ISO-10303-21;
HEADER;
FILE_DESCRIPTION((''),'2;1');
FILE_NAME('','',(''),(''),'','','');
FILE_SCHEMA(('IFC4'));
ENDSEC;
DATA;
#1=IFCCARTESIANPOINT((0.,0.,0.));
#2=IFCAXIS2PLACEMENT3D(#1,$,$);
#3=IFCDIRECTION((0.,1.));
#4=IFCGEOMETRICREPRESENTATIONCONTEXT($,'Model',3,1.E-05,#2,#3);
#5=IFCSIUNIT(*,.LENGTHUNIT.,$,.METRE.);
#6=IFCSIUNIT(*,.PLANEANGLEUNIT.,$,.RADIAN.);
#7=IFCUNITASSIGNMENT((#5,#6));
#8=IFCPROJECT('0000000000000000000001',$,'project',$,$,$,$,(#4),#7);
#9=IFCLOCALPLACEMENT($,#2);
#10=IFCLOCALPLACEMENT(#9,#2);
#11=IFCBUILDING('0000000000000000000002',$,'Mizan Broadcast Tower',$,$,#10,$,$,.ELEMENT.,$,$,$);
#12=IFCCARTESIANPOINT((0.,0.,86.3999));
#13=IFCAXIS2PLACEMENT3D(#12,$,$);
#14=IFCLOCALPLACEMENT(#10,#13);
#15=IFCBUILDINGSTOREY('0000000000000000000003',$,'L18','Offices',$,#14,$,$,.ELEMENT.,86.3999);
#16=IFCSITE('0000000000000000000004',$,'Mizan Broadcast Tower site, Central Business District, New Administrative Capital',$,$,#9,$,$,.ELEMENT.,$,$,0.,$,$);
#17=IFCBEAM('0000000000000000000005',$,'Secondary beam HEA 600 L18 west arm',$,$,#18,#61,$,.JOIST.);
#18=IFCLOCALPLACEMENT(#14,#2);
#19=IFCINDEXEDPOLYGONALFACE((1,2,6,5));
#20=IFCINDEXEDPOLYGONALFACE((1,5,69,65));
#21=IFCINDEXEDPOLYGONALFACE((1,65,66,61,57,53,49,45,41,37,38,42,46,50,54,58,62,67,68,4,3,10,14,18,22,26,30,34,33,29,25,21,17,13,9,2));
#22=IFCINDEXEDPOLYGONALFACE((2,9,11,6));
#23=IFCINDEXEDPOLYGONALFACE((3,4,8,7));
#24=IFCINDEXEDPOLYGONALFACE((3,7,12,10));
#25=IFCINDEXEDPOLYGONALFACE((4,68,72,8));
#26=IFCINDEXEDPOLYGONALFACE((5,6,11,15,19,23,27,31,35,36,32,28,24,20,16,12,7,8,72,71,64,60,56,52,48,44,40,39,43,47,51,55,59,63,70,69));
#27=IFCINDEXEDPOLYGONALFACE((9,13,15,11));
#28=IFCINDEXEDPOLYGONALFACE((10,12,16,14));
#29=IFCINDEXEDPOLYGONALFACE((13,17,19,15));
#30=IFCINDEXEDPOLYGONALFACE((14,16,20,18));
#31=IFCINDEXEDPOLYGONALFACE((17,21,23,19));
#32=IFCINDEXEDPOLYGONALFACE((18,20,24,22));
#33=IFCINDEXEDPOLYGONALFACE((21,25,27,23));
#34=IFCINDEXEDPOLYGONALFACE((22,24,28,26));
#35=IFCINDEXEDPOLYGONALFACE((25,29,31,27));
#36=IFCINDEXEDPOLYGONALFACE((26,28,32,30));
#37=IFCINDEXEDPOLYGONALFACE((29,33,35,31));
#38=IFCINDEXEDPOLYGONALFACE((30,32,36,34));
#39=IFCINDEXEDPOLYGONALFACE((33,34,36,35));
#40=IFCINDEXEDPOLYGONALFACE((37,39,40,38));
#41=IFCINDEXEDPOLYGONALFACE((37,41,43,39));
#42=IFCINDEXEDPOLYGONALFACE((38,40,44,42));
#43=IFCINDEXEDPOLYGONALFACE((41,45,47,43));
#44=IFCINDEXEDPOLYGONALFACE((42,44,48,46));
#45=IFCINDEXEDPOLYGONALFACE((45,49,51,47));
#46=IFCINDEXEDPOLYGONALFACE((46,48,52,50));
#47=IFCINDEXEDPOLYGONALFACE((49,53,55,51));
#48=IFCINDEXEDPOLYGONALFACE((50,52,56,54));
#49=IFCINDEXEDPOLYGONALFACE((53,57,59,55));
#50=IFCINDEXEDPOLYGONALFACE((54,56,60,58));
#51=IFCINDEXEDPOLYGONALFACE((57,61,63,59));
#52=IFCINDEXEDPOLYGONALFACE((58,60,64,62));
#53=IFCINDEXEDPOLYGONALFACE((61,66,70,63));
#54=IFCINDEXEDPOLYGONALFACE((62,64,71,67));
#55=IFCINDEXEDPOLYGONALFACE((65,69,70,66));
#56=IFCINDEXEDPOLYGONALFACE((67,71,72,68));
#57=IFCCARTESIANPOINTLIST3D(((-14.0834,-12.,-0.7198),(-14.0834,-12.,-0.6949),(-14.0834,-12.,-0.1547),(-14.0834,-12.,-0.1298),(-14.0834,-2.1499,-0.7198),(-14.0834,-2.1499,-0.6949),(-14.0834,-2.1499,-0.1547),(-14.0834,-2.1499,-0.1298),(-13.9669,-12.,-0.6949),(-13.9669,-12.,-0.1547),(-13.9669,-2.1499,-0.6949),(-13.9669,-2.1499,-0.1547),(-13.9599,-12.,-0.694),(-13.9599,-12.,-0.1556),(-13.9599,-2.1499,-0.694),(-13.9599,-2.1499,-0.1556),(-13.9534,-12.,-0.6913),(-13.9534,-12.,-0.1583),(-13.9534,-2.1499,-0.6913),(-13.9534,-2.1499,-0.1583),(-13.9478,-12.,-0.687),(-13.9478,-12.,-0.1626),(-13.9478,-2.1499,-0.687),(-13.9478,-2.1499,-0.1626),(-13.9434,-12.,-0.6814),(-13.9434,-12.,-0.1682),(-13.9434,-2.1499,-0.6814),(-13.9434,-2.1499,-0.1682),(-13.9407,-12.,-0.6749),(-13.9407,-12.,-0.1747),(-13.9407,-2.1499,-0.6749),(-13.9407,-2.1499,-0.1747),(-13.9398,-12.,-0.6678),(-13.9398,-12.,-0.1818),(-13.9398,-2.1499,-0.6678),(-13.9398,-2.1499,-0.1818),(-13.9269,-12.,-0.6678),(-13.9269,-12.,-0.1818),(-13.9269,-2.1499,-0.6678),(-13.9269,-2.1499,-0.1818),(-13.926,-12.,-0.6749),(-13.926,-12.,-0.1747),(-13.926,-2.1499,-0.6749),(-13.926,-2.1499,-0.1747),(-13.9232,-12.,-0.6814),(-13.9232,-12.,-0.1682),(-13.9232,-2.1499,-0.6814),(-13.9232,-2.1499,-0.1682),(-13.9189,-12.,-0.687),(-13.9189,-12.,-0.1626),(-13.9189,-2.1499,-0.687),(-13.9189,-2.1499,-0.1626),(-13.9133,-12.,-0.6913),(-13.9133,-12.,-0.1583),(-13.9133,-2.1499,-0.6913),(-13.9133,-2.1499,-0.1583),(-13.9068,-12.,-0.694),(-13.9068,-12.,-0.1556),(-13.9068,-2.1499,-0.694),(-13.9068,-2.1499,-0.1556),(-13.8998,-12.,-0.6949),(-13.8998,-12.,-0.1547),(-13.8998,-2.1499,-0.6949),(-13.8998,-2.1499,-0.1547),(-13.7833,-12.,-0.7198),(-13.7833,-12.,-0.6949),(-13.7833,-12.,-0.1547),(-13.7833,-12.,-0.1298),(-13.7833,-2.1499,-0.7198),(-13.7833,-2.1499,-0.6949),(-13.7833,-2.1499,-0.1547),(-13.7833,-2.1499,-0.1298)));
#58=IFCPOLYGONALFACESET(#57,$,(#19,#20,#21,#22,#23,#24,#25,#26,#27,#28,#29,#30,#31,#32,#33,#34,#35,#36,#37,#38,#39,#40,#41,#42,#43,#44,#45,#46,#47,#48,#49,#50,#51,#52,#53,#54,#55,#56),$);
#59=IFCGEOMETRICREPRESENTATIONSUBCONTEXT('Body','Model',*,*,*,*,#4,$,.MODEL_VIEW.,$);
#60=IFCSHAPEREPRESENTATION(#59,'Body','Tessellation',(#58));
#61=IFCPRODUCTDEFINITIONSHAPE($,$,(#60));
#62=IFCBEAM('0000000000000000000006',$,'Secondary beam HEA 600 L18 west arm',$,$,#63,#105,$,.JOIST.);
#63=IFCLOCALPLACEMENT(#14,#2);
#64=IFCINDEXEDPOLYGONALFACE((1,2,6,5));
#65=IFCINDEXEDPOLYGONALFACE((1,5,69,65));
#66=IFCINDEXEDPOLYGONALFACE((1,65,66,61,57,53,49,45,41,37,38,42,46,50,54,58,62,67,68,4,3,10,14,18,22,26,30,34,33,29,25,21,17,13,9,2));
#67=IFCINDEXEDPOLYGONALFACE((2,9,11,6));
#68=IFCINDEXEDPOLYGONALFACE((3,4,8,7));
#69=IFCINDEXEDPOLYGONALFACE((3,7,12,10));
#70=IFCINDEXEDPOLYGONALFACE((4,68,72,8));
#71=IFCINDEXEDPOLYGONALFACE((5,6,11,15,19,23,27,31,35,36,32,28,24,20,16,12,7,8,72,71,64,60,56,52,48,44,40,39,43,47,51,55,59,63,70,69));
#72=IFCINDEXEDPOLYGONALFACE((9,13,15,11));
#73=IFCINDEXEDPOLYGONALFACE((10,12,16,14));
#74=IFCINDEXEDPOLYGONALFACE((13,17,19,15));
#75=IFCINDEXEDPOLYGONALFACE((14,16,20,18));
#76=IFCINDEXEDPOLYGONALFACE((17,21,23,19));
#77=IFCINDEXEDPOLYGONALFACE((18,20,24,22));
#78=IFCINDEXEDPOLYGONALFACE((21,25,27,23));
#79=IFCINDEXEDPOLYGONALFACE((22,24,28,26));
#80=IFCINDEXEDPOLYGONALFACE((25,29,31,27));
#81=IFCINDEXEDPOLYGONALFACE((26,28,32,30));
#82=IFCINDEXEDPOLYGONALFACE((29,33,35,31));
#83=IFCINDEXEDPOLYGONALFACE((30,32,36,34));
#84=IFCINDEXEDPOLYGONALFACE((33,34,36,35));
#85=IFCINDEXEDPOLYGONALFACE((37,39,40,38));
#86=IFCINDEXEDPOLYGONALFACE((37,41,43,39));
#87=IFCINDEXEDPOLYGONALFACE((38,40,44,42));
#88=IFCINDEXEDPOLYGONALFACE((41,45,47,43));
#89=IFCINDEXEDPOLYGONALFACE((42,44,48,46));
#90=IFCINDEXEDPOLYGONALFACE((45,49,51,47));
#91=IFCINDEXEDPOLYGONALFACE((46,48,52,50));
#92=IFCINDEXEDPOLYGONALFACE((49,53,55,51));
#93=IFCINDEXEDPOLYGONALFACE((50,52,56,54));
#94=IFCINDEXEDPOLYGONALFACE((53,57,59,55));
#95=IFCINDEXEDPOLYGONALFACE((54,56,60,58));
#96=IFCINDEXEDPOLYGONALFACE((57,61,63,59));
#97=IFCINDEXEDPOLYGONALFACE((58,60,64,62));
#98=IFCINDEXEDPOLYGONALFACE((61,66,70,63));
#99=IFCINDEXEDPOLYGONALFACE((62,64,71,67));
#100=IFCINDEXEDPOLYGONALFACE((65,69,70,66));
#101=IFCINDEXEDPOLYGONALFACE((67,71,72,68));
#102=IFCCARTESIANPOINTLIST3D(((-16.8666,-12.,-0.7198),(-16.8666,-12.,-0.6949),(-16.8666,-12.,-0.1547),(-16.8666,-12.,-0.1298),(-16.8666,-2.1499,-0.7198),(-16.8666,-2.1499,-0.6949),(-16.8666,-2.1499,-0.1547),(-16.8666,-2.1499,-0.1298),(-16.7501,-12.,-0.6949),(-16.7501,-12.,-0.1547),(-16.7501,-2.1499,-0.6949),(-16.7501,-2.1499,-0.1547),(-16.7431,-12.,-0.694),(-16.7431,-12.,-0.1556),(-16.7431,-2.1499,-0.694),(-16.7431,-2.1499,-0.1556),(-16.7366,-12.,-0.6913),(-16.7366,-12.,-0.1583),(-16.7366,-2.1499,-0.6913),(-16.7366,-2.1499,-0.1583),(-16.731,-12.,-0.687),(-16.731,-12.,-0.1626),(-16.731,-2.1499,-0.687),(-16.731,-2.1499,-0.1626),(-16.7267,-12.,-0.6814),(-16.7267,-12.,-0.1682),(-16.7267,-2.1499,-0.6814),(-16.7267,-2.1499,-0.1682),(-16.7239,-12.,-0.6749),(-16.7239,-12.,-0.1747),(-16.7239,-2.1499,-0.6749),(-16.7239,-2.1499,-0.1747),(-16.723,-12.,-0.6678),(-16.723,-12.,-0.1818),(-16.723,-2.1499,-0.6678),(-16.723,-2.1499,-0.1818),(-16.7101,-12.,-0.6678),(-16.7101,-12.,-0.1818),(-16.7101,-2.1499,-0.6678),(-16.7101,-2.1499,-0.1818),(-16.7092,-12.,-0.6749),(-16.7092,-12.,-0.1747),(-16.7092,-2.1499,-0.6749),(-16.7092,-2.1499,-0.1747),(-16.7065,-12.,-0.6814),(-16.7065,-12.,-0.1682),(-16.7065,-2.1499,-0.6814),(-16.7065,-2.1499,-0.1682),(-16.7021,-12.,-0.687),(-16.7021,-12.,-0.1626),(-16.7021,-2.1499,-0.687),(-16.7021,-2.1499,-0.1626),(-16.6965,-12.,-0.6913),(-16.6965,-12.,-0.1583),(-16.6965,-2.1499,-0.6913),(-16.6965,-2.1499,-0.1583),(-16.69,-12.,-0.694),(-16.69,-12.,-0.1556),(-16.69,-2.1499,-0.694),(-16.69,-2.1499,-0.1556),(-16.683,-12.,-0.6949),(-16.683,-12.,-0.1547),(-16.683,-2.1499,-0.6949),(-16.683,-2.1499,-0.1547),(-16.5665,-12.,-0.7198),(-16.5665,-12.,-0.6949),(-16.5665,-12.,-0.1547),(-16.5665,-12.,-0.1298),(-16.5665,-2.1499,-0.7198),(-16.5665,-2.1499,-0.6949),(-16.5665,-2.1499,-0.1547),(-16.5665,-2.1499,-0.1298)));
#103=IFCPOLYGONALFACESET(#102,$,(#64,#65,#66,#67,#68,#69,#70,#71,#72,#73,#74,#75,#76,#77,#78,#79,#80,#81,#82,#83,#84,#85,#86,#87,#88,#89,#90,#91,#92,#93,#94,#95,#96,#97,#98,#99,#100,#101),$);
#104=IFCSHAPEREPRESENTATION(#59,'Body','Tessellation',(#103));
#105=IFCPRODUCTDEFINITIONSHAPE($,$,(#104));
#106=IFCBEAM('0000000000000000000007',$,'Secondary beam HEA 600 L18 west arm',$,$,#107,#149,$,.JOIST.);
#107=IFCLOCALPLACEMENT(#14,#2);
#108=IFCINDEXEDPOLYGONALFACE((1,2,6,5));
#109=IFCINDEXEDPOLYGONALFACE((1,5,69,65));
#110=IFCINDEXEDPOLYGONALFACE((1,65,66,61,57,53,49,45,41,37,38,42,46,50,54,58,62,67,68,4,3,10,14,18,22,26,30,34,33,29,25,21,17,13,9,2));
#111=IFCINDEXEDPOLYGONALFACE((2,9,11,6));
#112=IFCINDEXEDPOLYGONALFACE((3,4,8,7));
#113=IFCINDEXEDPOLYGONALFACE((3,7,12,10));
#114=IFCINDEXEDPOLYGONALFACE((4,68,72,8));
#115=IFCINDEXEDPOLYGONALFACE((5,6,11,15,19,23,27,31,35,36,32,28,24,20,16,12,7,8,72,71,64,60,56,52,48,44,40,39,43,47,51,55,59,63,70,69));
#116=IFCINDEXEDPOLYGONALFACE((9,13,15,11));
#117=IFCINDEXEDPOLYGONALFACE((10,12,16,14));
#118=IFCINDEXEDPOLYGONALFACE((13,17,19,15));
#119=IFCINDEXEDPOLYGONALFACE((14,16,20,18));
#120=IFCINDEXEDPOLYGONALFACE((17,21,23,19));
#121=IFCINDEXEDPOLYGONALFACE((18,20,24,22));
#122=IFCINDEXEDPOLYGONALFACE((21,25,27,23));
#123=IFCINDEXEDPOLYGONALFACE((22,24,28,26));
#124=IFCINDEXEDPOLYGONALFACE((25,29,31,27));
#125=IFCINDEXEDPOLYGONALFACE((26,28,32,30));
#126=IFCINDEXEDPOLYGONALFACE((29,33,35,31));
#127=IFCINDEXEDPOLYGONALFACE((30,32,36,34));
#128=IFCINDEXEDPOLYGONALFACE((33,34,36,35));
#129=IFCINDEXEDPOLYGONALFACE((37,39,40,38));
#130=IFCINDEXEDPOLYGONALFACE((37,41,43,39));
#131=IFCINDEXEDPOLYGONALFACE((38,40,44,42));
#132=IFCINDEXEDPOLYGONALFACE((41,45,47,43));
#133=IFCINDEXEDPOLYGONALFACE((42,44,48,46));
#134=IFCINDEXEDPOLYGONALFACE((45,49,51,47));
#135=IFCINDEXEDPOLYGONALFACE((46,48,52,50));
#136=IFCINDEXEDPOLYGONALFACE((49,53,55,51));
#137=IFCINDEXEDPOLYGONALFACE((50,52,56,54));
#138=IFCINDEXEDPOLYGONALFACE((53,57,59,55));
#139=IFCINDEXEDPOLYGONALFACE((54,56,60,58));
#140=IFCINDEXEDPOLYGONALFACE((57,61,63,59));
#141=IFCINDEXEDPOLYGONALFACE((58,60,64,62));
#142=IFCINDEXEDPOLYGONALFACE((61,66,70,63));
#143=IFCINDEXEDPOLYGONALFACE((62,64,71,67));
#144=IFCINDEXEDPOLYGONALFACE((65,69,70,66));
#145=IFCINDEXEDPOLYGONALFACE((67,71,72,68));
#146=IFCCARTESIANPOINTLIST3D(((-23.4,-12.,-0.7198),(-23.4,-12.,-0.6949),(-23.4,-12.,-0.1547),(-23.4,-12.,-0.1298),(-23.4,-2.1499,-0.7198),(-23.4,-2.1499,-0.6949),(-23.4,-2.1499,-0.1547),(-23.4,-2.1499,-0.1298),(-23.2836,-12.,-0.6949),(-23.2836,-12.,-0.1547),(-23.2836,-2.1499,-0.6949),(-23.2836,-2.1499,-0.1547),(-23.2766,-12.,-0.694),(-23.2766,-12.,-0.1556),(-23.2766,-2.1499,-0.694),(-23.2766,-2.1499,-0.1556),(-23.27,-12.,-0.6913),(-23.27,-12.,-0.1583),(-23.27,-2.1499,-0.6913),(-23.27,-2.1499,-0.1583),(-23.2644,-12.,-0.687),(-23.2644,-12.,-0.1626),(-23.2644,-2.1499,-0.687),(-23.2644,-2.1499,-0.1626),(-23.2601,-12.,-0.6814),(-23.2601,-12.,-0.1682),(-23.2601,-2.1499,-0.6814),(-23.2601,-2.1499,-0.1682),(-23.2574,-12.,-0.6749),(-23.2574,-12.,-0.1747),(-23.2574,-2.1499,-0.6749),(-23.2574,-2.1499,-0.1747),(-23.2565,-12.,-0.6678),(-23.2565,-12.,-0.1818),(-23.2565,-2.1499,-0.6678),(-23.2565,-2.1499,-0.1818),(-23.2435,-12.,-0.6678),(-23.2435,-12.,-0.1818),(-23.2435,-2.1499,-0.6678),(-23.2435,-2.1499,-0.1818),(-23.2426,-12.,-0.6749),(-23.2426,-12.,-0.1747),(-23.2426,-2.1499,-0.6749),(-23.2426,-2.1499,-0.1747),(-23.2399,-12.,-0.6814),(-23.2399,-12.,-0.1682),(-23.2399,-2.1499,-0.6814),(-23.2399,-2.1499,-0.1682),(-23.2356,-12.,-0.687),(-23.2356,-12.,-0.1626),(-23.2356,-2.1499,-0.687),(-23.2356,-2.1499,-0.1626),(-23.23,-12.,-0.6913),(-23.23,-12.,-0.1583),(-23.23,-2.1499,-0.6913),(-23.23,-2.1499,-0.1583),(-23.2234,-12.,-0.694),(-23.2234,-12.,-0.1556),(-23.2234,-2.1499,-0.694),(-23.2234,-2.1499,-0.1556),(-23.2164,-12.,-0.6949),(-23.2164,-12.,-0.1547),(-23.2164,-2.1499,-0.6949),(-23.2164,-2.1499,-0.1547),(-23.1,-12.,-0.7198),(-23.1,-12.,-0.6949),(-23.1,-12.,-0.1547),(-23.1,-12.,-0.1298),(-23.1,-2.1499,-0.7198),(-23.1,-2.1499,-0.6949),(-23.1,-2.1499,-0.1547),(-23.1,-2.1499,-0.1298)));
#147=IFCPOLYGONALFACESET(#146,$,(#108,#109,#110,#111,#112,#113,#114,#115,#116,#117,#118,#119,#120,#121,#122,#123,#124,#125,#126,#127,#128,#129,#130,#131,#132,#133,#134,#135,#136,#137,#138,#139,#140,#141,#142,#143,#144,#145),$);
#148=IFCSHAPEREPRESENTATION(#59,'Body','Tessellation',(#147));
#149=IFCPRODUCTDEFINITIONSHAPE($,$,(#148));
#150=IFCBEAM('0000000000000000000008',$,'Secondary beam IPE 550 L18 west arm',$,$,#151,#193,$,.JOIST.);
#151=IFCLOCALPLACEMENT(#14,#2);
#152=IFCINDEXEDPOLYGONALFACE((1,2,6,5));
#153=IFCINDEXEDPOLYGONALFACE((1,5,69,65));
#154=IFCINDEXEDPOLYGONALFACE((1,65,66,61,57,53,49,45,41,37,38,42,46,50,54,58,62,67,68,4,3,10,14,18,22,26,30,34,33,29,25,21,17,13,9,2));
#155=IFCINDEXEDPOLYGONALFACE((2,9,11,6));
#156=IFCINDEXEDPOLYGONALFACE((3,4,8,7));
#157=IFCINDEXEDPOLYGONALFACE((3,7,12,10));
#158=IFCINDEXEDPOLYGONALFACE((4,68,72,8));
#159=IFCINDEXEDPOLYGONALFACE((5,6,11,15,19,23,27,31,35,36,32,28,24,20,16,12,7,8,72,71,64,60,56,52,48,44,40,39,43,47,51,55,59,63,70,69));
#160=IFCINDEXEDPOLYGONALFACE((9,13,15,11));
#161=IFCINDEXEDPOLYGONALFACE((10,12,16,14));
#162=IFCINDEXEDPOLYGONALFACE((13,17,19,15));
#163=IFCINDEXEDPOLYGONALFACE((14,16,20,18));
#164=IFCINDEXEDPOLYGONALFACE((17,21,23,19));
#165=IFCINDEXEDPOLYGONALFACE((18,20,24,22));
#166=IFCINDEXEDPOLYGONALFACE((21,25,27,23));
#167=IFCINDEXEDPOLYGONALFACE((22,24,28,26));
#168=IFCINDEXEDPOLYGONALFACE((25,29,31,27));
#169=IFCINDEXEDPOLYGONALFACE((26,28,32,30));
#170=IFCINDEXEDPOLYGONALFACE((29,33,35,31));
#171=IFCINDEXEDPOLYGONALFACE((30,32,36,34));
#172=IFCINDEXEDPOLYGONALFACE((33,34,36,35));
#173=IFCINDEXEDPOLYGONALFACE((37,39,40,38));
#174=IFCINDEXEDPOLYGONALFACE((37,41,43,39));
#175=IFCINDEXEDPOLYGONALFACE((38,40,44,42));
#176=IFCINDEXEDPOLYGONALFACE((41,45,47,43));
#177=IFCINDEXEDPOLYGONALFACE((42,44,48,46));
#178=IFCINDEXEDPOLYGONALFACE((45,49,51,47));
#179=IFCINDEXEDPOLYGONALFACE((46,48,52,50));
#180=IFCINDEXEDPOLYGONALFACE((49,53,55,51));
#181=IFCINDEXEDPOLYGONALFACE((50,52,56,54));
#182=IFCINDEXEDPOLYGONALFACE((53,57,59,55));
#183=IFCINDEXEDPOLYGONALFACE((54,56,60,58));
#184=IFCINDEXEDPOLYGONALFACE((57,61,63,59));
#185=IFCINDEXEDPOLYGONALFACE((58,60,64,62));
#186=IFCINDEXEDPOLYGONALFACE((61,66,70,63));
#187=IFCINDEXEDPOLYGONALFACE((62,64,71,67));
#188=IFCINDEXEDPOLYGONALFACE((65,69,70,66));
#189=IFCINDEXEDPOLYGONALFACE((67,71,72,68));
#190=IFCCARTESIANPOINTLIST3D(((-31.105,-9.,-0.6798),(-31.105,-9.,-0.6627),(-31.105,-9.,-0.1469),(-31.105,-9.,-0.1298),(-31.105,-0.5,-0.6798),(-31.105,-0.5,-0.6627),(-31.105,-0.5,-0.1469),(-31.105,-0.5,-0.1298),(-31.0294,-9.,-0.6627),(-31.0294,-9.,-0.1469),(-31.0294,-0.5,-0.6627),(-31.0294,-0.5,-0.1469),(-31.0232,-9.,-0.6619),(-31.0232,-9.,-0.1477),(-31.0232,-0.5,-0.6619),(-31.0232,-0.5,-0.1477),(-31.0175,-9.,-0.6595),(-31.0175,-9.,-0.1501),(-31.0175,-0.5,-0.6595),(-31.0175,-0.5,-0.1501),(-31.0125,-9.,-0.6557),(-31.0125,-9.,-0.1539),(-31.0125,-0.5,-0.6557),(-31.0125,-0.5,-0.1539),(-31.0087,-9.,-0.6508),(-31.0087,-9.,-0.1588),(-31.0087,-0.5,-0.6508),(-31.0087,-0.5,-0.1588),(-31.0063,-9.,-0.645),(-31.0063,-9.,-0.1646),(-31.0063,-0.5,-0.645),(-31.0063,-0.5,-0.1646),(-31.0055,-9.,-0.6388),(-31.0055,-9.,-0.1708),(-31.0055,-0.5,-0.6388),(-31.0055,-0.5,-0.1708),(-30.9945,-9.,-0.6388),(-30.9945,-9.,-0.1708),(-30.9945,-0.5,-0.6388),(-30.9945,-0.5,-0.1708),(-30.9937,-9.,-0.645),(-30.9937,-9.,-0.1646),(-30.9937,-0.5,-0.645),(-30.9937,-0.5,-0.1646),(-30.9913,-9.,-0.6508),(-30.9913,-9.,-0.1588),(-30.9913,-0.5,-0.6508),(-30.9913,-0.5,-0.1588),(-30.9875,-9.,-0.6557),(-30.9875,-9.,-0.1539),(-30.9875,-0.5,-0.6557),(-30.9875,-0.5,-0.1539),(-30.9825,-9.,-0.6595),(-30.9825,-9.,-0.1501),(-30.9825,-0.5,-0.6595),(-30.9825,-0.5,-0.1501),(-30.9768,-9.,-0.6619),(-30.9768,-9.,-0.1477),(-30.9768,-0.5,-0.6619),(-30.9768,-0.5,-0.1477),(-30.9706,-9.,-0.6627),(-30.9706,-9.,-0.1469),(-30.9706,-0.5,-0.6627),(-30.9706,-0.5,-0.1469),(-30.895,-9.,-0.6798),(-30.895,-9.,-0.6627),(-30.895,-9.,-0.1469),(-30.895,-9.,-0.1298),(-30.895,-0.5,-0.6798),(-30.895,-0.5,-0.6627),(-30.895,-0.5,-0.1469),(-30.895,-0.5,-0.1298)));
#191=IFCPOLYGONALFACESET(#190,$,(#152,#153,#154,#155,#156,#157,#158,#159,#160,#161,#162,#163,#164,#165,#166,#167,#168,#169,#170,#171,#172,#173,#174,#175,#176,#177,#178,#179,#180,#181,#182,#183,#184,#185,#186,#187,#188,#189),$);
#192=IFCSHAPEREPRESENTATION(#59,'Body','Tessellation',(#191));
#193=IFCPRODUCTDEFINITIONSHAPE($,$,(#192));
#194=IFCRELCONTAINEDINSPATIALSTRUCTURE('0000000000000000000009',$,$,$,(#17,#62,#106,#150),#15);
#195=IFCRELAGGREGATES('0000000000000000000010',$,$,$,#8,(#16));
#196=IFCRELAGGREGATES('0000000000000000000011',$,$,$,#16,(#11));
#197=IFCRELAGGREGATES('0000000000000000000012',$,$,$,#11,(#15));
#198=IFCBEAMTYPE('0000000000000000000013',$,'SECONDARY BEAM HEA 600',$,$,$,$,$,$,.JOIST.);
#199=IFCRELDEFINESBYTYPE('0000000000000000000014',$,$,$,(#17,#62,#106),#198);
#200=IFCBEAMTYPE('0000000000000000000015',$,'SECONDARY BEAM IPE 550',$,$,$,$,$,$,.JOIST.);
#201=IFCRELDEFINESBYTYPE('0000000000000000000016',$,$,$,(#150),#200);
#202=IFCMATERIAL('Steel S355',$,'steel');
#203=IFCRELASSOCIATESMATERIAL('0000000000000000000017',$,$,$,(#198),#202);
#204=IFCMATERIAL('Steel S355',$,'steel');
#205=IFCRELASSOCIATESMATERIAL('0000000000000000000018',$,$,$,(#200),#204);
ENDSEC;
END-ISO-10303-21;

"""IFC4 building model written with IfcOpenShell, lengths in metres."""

from ifc_helpers import new_model, si_unit, direction, frame, origin, origin_2d, place, context, subcontext, project, spatial, i_section, extrude, material, material_profile, profile_set, type_object, element, save


model = new_model("IFC4")

# Units and contexts
model_context = context("Model", 3, precision=1e-05, world=origin(), true_north=direction((0.0, 1.0)))
body_context = subcontext(model_context, "Body", "Model", "MODEL_VIEW")
ifc_project = project(units=[si_unit("LENGTHUNIT", "METRE"), si_unit("PLANEANGLEUNIT", "RADIAN")], contexts=[model_context])

# Site, building, storey
site_placement = place(None, origin())
site = spatial("IfcSite", under=ifc_project, at=site_placement, Name="Mizan Broadcast Tower site, Central Business District, New Administrative Capital", CompositionType="ELEMENT", RefElevation=0.0)
building_placement = place(site_placement, origin())
building = spatial("IfcBuilding", under=site, at=building_placement, Name="Mizan Broadcast Tower", CompositionType="ELEMENT")
storey_placement = place(building_placement, frame((0.0, 0.0, 86.3999)))
storey = spatial("IfcBuildingStorey", under=building, at=storey_placement, Name="L18", Description="Offices", CompositionType="ELEMENT", Elevation=86.3999)

# Beams
ifc_material_1 = material(Name="Steel S355", Category="steel")
ifc_material_profile_1 = material_profile(ifc_material_1, i_section(OverallWidth=0.3, OverallDepth=0.5901, WebThickness=0.0129, FlangeThickness=0.0249, FilletRadius=0.0271, at=origin_2d()), Name="HEA 600")
ifc_profile_set_1 = profile_set([ifc_material_profile_1], Name="Steel S355")
beam_type_1 = type_object("IfcBeamType", Name="SECONDARY BEAM HEA 600", PredefinedType="JOIST", material=ifc_profile_set_1)
for number, where, z_axis, x_axis, name in (
    (1, (-13.9333, -12.0, -0.4248), (0.0, 1.0, 0.0), (-1.0, 0.0, 0.0), "Secondary beam HEA 600 L18 west arm"),
    (2, (-16.7166, -12.0, -0.4248), (0.0, 1.0, 0.0), (-1.0, 0.0, 0.0), "Secondary beam HEA 600 L18 west arm"),
    (3, (-23.25, -12.0, -0.4248), (0.0, 1.0, 0.0), (-1.0, 0.0, 0.0), "Secondary beam HEA 600 L18 west arm"),
):
    element("IfcBeam", number, at=place(storey_placement, frame(where, z_axis=z_axis, x_axis=x_axis)), inside=storey, type_object=beam_type_1, Name=name, PredefinedType="JOIST", context=body_context, shape_type="SweptSolid", body=[
        extrude(i_section(OverallWidth=0.3, OverallDepth=0.5901, WebThickness=0.0129, FlangeThickness=0.0249, FilletRadius=0.0271, at=origin_2d()), origin(), (0.0, 0.0, 1.0), 9.8501),
    ])
ifc_material_2 = material(Name="Steel S355", Category="steel")
ifc_material_profile_2 = material_profile(ifc_material_2, i_section(OverallWidth=0.21, OverallDepth=0.55, WebThickness=0.011, FlangeThickness=0.0171, FilletRadius=0.0239, at=origin_2d()), Name="IPE 550")
ifc_profile_set_2 = profile_set([ifc_material_profile_2], Name="Steel S355")
beam_type_2 = type_object("IfcBeamType", Name="SECONDARY BEAM IPE 550", PredefinedType="JOIST", material=ifc_profile_set_2)
beam_1_placement = place(storey_placement, frame((-31.0, -9.0, -0.4048), z_axis=(0.0, 1.0, 0.0), x_axis=(-1.0, 0.0, 0.0)))
element("IfcBeam", 4, at=beam_1_placement, inside=storey, type_object=beam_type_2, Name="Secondary beam IPE 550 L18 west arm", PredefinedType="JOIST", context=body_context, shape_type="SweptSolid", body=[
    extrude(i_section(OverallWidth=0.21, OverallDepth=0.55, WebThickness=0.011, FlangeThickness=0.0171, FilletRadius=0.0239, at=origin_2d()), origin(), (0.0, 0.0, 1.0), 8.5),
])

save(model, "model.ifc")
